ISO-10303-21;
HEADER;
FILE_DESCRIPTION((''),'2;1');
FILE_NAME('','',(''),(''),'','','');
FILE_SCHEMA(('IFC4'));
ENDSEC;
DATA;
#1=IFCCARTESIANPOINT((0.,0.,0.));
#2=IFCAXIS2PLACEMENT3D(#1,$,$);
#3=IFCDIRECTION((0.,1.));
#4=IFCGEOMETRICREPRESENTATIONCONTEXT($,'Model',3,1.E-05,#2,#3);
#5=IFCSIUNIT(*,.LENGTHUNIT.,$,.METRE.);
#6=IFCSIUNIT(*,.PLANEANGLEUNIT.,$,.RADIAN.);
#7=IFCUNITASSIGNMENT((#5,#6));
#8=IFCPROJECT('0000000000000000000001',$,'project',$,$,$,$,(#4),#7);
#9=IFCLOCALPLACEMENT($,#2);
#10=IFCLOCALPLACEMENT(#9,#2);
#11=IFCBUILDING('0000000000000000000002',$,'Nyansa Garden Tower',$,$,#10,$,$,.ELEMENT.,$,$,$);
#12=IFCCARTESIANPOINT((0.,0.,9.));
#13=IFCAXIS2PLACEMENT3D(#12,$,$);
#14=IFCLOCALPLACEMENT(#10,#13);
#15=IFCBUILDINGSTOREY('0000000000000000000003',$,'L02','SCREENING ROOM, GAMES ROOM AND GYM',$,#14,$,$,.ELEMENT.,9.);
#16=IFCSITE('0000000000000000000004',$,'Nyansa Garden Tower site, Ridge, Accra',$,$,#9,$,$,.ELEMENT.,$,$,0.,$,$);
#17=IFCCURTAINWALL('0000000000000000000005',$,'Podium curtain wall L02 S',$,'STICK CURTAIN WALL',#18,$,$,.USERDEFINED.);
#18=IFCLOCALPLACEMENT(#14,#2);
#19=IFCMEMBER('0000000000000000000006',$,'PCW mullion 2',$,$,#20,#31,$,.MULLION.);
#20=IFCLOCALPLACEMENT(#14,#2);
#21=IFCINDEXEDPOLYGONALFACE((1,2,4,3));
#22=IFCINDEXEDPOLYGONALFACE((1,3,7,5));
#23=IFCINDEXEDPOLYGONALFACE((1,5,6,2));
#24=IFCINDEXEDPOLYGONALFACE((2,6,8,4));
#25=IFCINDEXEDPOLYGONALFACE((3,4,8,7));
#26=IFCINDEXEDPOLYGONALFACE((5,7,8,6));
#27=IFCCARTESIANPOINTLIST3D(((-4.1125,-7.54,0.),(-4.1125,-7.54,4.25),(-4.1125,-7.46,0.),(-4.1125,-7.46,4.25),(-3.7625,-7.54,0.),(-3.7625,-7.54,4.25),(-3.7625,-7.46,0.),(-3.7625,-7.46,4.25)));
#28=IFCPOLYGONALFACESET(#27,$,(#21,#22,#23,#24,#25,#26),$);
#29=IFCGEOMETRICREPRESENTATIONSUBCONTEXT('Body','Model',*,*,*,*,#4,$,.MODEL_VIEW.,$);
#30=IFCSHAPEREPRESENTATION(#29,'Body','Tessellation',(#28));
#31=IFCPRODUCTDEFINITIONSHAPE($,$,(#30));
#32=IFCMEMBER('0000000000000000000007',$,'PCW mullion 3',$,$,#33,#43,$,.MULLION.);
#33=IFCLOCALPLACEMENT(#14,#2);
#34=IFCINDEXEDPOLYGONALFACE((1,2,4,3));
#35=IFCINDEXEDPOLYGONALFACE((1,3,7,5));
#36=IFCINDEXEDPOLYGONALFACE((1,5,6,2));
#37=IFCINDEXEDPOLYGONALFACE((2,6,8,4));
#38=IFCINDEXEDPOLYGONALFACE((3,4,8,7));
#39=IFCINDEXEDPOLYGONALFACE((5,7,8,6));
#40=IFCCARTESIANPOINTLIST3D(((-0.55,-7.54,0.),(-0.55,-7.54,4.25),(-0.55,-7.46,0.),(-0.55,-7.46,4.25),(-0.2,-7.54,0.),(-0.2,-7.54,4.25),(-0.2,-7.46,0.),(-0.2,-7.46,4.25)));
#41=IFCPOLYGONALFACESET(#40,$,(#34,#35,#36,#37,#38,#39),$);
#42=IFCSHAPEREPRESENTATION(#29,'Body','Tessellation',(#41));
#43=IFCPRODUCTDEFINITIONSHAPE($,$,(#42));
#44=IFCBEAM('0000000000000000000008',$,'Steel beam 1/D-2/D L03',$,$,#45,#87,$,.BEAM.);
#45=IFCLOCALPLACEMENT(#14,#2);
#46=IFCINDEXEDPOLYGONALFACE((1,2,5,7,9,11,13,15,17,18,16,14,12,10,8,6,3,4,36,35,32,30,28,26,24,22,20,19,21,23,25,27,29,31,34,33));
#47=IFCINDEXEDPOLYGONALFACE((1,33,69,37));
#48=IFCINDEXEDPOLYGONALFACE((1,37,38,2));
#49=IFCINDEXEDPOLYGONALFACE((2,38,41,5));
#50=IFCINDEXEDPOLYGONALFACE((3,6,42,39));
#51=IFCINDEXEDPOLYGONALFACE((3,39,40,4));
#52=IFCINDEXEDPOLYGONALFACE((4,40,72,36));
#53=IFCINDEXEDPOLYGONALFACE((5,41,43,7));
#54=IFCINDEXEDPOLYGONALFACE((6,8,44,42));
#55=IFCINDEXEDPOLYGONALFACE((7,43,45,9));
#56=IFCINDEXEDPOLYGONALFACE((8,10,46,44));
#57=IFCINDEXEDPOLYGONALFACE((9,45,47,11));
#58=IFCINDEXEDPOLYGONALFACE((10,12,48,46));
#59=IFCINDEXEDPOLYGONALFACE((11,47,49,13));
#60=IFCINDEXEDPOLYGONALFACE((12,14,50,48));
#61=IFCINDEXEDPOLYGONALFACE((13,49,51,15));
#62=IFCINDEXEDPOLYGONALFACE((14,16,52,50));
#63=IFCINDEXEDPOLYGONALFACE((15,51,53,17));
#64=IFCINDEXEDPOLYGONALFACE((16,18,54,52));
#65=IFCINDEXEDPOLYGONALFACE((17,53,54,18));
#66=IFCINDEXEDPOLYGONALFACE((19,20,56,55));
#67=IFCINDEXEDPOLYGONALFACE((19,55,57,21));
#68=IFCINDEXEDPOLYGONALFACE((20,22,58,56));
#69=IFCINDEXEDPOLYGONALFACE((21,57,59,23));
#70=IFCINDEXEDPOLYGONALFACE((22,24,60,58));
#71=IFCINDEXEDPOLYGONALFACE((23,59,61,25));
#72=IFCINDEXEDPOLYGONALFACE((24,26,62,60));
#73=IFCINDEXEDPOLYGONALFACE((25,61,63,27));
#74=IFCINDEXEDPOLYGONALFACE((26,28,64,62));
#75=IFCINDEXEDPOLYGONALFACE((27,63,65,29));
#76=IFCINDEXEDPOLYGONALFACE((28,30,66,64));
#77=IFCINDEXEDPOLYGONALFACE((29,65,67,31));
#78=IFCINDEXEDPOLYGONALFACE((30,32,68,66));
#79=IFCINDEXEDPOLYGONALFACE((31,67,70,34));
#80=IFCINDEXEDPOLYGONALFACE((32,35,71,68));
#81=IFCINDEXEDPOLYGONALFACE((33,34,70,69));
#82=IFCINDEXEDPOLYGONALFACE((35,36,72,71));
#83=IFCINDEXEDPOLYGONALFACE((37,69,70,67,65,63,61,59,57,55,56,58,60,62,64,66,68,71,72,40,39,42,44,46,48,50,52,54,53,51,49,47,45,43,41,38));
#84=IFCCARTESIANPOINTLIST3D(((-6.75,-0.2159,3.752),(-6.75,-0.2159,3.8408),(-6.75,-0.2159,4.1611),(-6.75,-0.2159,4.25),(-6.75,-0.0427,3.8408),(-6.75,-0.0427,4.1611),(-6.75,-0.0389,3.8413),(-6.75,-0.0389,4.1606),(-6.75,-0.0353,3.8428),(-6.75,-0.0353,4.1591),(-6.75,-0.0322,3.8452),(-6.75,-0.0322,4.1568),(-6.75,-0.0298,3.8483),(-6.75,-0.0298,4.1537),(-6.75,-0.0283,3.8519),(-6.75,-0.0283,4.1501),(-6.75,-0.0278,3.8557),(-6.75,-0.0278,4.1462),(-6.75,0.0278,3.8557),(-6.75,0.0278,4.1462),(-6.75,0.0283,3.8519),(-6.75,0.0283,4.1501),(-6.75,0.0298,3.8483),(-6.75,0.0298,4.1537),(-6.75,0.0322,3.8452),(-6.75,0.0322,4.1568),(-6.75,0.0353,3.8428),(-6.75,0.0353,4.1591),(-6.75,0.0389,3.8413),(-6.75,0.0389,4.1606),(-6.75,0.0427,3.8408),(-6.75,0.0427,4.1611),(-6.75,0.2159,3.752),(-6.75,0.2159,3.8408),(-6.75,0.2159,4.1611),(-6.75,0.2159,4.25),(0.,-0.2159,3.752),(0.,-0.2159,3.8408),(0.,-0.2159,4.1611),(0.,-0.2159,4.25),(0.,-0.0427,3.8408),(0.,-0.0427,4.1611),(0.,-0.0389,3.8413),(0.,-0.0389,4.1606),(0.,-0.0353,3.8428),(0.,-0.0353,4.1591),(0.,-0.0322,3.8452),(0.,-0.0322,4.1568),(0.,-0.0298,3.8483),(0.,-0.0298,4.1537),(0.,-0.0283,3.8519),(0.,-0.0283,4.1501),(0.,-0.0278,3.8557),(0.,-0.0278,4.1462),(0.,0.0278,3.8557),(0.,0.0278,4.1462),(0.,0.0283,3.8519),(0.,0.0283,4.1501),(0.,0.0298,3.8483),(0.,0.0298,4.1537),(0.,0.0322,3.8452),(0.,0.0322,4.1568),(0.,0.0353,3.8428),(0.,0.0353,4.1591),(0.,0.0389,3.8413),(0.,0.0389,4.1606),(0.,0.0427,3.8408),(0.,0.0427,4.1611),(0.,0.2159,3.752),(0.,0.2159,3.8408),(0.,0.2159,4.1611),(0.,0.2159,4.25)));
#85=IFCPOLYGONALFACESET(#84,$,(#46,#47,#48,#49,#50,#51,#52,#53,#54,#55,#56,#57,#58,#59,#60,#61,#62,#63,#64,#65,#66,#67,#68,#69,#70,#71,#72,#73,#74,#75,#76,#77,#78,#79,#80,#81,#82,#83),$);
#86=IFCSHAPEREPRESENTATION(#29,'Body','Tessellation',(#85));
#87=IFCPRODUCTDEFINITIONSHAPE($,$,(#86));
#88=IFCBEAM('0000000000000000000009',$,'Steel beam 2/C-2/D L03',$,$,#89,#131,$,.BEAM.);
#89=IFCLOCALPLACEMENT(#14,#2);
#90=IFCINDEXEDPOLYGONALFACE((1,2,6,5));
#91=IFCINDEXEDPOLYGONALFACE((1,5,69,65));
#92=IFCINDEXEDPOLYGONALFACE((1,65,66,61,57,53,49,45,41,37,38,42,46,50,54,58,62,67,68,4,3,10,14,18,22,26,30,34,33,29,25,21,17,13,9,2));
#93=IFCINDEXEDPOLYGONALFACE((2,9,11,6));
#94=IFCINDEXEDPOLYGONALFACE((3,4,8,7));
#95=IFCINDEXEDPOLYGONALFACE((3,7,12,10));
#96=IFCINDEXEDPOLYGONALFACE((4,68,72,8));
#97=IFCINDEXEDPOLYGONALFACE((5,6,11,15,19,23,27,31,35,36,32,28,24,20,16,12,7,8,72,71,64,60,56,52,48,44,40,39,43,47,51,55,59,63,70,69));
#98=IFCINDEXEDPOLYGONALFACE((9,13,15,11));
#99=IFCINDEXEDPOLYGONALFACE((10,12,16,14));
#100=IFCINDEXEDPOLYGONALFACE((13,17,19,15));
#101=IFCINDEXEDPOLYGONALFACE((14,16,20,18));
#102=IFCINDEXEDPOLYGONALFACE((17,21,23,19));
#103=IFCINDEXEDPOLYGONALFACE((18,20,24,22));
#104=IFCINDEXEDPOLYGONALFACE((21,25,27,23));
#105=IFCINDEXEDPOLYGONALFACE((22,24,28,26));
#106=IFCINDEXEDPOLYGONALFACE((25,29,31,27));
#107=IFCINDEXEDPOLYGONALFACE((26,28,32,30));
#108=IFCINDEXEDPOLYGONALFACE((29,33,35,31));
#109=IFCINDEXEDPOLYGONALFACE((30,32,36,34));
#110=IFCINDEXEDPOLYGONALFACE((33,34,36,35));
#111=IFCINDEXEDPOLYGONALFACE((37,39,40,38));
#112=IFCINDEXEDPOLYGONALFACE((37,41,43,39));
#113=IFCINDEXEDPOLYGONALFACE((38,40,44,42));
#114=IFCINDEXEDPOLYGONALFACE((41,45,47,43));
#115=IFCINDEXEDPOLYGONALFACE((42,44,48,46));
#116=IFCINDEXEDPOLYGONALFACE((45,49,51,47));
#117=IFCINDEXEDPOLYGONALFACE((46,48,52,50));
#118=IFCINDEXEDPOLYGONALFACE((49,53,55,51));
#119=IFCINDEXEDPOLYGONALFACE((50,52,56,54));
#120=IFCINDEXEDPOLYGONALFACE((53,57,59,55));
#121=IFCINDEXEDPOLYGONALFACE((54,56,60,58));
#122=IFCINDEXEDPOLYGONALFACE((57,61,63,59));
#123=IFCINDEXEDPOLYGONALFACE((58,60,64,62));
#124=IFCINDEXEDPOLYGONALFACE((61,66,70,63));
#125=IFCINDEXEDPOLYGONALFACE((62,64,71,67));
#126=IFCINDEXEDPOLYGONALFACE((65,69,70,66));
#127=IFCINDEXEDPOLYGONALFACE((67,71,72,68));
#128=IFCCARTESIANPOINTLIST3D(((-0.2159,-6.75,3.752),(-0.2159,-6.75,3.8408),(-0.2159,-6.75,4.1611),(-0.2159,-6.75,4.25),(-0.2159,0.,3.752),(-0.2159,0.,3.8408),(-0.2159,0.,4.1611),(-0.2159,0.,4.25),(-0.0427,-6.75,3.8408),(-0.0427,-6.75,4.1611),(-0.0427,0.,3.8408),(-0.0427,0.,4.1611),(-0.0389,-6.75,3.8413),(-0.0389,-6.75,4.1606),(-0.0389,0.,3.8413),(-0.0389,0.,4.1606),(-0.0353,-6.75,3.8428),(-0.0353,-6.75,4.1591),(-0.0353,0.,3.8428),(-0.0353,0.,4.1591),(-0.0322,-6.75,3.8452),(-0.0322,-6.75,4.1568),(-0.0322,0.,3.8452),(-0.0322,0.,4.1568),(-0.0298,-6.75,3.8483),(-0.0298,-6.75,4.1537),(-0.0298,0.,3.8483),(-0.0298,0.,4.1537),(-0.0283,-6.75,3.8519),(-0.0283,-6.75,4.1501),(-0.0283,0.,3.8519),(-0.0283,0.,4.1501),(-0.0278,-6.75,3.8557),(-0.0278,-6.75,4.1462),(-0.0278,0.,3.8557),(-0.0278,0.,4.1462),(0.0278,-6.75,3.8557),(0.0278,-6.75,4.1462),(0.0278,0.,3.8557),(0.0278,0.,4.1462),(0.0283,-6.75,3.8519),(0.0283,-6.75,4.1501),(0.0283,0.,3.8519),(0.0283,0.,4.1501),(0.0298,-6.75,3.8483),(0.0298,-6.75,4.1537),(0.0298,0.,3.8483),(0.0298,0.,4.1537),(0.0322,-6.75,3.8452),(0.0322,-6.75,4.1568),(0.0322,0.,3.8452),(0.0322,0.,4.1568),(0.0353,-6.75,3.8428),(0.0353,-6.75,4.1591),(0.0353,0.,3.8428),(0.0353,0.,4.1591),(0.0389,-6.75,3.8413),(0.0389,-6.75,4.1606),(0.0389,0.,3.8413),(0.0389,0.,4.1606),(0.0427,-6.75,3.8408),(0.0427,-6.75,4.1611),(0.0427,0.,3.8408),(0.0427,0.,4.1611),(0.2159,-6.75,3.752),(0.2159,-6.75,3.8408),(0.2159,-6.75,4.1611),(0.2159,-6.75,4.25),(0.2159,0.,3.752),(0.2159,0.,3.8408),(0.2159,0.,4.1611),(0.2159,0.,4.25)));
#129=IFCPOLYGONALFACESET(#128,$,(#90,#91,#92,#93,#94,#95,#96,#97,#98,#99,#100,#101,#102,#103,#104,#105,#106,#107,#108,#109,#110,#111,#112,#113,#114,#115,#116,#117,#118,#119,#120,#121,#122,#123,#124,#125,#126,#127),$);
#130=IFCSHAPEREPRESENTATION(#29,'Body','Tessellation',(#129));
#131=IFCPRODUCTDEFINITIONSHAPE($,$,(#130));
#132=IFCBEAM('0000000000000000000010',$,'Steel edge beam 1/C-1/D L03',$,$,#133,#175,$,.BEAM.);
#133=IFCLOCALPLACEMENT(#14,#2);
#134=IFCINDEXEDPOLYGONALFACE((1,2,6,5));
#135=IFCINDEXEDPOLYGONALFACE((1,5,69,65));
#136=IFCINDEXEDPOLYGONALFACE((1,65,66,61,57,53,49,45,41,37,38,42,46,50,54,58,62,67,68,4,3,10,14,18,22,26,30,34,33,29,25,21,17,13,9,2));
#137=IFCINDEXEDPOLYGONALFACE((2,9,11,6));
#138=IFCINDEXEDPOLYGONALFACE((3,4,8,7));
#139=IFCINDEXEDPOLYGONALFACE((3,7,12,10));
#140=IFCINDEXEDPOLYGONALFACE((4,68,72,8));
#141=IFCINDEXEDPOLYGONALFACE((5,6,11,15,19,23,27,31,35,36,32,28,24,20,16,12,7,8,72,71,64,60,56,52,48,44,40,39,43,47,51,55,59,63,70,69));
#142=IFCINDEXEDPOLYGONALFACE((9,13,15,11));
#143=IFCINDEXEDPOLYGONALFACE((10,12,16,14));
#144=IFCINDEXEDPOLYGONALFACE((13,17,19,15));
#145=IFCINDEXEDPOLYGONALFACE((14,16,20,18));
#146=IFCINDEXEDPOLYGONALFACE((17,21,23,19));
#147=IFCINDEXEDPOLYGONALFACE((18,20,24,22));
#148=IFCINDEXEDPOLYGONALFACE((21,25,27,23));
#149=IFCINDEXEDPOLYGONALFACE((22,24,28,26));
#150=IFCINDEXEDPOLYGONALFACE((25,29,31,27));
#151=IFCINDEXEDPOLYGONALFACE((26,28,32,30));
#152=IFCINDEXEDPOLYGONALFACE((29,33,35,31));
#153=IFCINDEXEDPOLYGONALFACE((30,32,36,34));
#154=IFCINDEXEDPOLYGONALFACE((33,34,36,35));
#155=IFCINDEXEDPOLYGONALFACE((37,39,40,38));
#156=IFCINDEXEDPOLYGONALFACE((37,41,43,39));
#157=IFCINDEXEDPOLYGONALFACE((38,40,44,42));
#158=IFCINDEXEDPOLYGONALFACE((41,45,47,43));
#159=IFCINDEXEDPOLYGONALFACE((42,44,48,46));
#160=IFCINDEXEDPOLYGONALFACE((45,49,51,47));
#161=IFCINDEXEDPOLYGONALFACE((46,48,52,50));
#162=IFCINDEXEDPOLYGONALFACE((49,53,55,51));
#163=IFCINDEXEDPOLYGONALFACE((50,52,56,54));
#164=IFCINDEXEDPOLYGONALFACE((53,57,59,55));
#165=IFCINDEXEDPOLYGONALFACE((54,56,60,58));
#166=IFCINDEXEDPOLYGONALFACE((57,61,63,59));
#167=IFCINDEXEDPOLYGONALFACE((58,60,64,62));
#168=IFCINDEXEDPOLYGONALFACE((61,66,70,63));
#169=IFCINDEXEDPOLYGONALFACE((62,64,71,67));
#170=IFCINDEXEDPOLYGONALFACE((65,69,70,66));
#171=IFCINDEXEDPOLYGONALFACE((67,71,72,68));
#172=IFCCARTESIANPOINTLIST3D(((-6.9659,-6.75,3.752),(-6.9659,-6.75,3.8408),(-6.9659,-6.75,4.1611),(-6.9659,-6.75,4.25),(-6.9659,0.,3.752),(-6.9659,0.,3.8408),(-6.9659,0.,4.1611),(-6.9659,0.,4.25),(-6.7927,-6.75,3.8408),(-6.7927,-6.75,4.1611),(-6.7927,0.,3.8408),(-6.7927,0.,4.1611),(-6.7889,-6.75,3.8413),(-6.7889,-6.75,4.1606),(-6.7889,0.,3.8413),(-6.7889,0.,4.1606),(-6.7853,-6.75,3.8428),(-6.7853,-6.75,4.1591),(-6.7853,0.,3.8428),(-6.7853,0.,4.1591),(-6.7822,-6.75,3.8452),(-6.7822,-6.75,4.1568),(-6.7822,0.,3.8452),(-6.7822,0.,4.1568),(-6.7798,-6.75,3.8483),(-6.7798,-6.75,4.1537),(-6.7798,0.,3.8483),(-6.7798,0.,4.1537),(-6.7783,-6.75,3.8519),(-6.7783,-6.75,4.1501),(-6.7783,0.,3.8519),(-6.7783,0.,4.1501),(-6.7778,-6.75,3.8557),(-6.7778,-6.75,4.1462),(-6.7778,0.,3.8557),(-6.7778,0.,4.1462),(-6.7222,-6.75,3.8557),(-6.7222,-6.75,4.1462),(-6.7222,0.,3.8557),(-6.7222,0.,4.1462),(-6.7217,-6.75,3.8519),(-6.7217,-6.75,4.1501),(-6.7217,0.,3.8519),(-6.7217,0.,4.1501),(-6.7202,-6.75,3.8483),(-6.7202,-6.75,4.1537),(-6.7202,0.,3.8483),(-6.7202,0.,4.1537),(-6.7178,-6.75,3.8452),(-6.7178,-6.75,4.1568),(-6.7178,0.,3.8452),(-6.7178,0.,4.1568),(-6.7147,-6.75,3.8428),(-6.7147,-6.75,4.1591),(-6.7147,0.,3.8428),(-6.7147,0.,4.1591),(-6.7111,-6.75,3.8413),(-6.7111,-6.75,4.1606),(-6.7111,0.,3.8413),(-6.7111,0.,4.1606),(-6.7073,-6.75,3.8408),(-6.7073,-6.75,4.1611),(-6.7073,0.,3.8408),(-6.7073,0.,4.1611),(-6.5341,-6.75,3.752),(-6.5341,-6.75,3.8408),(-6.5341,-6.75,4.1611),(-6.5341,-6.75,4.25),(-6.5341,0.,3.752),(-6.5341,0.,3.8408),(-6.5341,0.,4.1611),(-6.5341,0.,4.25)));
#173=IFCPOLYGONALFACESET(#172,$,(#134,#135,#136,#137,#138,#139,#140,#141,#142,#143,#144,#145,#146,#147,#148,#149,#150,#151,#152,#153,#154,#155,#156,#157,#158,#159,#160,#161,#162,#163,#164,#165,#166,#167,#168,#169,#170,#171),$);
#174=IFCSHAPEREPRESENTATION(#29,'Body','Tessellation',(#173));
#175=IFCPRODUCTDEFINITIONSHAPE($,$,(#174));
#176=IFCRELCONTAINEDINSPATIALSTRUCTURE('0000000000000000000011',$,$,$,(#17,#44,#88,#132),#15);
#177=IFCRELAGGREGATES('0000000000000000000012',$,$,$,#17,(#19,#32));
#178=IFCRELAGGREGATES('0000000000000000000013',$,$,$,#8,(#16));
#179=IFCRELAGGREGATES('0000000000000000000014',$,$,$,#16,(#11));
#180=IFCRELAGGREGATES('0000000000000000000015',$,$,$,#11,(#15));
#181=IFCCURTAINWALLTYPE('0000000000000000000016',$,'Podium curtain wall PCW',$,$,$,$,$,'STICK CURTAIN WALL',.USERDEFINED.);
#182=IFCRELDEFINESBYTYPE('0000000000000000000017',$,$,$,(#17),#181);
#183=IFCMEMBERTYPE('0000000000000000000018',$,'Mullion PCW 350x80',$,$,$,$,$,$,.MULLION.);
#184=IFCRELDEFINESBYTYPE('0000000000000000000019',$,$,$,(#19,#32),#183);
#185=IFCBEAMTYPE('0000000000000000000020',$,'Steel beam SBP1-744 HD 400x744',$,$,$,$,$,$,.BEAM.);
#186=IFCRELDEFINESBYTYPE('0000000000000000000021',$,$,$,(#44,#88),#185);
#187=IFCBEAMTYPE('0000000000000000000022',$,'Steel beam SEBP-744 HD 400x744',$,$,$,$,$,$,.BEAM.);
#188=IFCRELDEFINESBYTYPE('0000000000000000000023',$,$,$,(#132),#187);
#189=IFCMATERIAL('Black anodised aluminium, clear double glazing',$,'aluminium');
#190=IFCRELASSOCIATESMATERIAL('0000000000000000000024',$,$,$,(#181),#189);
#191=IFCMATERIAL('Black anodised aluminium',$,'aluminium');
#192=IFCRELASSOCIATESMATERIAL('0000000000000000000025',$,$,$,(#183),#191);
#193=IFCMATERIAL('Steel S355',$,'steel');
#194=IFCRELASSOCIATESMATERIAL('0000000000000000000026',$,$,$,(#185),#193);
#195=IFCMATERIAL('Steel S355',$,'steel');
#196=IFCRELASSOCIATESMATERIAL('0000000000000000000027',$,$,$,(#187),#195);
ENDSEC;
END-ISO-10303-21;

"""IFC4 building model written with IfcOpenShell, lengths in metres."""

from ifc_helpers import new_model, si_unit, direction, frame, origin, origin_2d, place, context, subcontext, project, spatial, rectangle, i_section, extrude, material, material_profile, profile_set, type_object, element, aggregate, save


model = new_model("IFC4")

# Units and contexts
model_context = context("Model", 3, precision=1e-05, world=origin(), true_north=direction((0.0, 1.0)))
body_context = subcontext(model_context, "Body", "Model", "MODEL_VIEW")
ifc_project = project(units=[si_unit("LENGTHUNIT", "METRE"), si_unit("PLANEANGLEUNIT", "RADIAN")], contexts=[model_context])

# Site, building, storey
site_placement = place(None, origin())
site = spatial("IfcSite", under=ifc_project, at=site_placement, Name="Nyansa Garden Tower site, Ridge, Accra", CompositionType="ELEMENT", RefElevation=0.0)
building_placement = place(site_placement, origin())
building = spatial("IfcBuilding", under=site, at=building_placement, Name="Nyansa Garden Tower", CompositionType="ELEMENT")
storey_placement = place(building_placement, frame((0.0, 0.0, 9.0)))
storey = spatial("IfcBuildingStorey", under=building, at=storey_placement, Name="L02", Description="SCREENING ROOM, GAMES ROOM AND GYM", CompositionType="ELEMENT", Elevation=9.0)

# Curtain wall, members
ifc_material_1 = material(Name="Black anodised aluminium, clear double glazing", Category="aluminium")
curtain_wall_type = type_object("IfcCurtainWallType", Name="Podium curtain wall PCW", ElementType="STICK CURTAIN WALL", PredefinedType="USERDEFINED", material=ifc_material_1)
ifc_material_2 = material(Name="Black anodised aluminium", Category="aluminium")
ifc_material_profile_1 = material_profile(ifc_material_2, rectangle(XDim=0.0801, YDim=0.3501, at=origin_2d()), Name="Mullion 350x80")
ifc_profile_set_1 = profile_set([ifc_material_profile_1], Name="Black anodised aluminium")
member_type_1 = type_object("IfcMemberType", Name="Mullion PCW 350x80", PredefinedType="MULLION", material=ifc_profile_set_1)
curtain_wall_1_placement = place(storey_placement, origin())
curtain_wall_1 = element("IfcCurtainWall", 1, at=curtain_wall_1_placement, inside=storey, type_object=curtain_wall_type, Name="Podium curtain wall L02 S", ObjectType="STICK CURTAIN WALL", PredefinedType="USERDEFINED")
member_1_placement = place(storey_placement, frame((-3.9375, -7.5, 0.0), z_axis=(0.0, 0.0, 1.0), x_axis=(0.0, 1.0, 0.0)))
member_1 = element("IfcMember", 2, at=member_1_placement, type_object=member_type_1, Name="PCW mullion 2", PredefinedType="MULLION", context=body_context, shape_type="SweptSolid", body=[
    extrude(rectangle(XDim=0.0801, YDim=0.3501, at=origin_2d()), origin(), (0.0, 0.0, 1.0), 4.25),
])
member_2_placement = place(storey_placement, frame((-0.375, -7.5, 0.0), z_axis=(0.0, 0.0, 1.0), x_axis=(0.0, 1.0, 0.0)))
member_2 = element("IfcMember", 3, at=member_2_placement, type_object=member_type_1, Name="PCW mullion 3", PredefinedType="MULLION", context=body_context, shape_type="SweptSolid", body=[
    extrude(rectangle(XDim=0.0801, YDim=0.3501, at=origin_2d()), origin(), (0.0, 0.0, 1.0), 4.25),
])

# Beams
ifc_material_3 = material(Name="Steel S355", Category="steel")
ifc_material_profile_2 = material_profile(ifc_material_3, i_section(OverallWidth=0.4319, OverallDepth=0.498, WebThickness=0.0557, FlangeThickness=0.0889, FilletRadius=0.0149, at=origin_2d()), Name="HD 400x744")
ifc_profile_set_2 = profile_set([ifc_material_profile_2], Name="Steel S355")
beam_type_1 = type_object("IfcBeamType", Name="Steel beam SBP1-744 HD 400x744", PredefinedType="BEAM", material=ifc_profile_set_2)
for number, where, z_axis, x_axis, name in (
    (4, (-6.75, 0.0, 4.001), (1.0, 0.0, 0.0), (0.0, 1.0, 0.0), "Steel beam 1/D-2/D L03"),
    (5, (0.0, -6.75, 4.001), (0.0, 1.0, 0.0), (-1.0, 0.0, 0.0), "Steel beam 2/C-2/D L03"),
):
    element("IfcBeam", number, at=place(storey_placement, frame(where, z_axis=z_axis, x_axis=x_axis)), inside=storey, type_object=beam_type_1, Name=name, PredefinedType="BEAM", context=body_context, shape_type="SweptSolid", body=[
        extrude(i_section(OverallWidth=0.4319, OverallDepth=0.498, WebThickness=0.0557, FlangeThickness=0.0889, FilletRadius=0.0149, at=origin_2d()), origin(), (0.0, 0.0, 1.0), 6.75),
    ])
ifc_material_4 = material(Name="Steel S355", Category="steel")
ifc_material_profile_3 = material_profile(ifc_material_4, i_section(OverallWidth=0.4319, OverallDepth=0.498, WebThickness=0.0557, FlangeThickness=0.0889, FilletRadius=0.0149, at=origin_2d()), Name="HD 400x744")
ifc_profile_set_3 = profile_set([ifc_material_profile_3], Name="Steel S355")
beam_type_2 = type_object("IfcBeamType", Name="Steel beam SEBP-744 HD 400x744", PredefinedType="BEAM", material=ifc_profile_set_3)
for number, where, z_axis, x_axis, name in (
    (6, (-6.75, -6.75, 4.001), (0.0, 1.0, 0.0), (-1.0, 0.0, 0.0), "Steel edge beam 1/C-1/D L03"),
):
    element("IfcBeam", number, at=place(storey_placement, frame(where, z_axis=z_axis, x_axis=x_axis)), inside=storey, type_object=beam_type_2, Name=name, PredefinedType="BEAM", context=body_context, shape_type="SweptSolid", body=[
        extrude(i_section(OverallWidth=0.4319, OverallDepth=0.498, WebThickness=0.0557, FlangeThickness=0.0889, FilletRadius=0.0149, at=origin_2d()), origin(), (0.0, 0.0, 1.0), 6.75),
    ])

aggregate(curtain_wall_1, [member_1, member_2])

save(model, "model.ifc")
